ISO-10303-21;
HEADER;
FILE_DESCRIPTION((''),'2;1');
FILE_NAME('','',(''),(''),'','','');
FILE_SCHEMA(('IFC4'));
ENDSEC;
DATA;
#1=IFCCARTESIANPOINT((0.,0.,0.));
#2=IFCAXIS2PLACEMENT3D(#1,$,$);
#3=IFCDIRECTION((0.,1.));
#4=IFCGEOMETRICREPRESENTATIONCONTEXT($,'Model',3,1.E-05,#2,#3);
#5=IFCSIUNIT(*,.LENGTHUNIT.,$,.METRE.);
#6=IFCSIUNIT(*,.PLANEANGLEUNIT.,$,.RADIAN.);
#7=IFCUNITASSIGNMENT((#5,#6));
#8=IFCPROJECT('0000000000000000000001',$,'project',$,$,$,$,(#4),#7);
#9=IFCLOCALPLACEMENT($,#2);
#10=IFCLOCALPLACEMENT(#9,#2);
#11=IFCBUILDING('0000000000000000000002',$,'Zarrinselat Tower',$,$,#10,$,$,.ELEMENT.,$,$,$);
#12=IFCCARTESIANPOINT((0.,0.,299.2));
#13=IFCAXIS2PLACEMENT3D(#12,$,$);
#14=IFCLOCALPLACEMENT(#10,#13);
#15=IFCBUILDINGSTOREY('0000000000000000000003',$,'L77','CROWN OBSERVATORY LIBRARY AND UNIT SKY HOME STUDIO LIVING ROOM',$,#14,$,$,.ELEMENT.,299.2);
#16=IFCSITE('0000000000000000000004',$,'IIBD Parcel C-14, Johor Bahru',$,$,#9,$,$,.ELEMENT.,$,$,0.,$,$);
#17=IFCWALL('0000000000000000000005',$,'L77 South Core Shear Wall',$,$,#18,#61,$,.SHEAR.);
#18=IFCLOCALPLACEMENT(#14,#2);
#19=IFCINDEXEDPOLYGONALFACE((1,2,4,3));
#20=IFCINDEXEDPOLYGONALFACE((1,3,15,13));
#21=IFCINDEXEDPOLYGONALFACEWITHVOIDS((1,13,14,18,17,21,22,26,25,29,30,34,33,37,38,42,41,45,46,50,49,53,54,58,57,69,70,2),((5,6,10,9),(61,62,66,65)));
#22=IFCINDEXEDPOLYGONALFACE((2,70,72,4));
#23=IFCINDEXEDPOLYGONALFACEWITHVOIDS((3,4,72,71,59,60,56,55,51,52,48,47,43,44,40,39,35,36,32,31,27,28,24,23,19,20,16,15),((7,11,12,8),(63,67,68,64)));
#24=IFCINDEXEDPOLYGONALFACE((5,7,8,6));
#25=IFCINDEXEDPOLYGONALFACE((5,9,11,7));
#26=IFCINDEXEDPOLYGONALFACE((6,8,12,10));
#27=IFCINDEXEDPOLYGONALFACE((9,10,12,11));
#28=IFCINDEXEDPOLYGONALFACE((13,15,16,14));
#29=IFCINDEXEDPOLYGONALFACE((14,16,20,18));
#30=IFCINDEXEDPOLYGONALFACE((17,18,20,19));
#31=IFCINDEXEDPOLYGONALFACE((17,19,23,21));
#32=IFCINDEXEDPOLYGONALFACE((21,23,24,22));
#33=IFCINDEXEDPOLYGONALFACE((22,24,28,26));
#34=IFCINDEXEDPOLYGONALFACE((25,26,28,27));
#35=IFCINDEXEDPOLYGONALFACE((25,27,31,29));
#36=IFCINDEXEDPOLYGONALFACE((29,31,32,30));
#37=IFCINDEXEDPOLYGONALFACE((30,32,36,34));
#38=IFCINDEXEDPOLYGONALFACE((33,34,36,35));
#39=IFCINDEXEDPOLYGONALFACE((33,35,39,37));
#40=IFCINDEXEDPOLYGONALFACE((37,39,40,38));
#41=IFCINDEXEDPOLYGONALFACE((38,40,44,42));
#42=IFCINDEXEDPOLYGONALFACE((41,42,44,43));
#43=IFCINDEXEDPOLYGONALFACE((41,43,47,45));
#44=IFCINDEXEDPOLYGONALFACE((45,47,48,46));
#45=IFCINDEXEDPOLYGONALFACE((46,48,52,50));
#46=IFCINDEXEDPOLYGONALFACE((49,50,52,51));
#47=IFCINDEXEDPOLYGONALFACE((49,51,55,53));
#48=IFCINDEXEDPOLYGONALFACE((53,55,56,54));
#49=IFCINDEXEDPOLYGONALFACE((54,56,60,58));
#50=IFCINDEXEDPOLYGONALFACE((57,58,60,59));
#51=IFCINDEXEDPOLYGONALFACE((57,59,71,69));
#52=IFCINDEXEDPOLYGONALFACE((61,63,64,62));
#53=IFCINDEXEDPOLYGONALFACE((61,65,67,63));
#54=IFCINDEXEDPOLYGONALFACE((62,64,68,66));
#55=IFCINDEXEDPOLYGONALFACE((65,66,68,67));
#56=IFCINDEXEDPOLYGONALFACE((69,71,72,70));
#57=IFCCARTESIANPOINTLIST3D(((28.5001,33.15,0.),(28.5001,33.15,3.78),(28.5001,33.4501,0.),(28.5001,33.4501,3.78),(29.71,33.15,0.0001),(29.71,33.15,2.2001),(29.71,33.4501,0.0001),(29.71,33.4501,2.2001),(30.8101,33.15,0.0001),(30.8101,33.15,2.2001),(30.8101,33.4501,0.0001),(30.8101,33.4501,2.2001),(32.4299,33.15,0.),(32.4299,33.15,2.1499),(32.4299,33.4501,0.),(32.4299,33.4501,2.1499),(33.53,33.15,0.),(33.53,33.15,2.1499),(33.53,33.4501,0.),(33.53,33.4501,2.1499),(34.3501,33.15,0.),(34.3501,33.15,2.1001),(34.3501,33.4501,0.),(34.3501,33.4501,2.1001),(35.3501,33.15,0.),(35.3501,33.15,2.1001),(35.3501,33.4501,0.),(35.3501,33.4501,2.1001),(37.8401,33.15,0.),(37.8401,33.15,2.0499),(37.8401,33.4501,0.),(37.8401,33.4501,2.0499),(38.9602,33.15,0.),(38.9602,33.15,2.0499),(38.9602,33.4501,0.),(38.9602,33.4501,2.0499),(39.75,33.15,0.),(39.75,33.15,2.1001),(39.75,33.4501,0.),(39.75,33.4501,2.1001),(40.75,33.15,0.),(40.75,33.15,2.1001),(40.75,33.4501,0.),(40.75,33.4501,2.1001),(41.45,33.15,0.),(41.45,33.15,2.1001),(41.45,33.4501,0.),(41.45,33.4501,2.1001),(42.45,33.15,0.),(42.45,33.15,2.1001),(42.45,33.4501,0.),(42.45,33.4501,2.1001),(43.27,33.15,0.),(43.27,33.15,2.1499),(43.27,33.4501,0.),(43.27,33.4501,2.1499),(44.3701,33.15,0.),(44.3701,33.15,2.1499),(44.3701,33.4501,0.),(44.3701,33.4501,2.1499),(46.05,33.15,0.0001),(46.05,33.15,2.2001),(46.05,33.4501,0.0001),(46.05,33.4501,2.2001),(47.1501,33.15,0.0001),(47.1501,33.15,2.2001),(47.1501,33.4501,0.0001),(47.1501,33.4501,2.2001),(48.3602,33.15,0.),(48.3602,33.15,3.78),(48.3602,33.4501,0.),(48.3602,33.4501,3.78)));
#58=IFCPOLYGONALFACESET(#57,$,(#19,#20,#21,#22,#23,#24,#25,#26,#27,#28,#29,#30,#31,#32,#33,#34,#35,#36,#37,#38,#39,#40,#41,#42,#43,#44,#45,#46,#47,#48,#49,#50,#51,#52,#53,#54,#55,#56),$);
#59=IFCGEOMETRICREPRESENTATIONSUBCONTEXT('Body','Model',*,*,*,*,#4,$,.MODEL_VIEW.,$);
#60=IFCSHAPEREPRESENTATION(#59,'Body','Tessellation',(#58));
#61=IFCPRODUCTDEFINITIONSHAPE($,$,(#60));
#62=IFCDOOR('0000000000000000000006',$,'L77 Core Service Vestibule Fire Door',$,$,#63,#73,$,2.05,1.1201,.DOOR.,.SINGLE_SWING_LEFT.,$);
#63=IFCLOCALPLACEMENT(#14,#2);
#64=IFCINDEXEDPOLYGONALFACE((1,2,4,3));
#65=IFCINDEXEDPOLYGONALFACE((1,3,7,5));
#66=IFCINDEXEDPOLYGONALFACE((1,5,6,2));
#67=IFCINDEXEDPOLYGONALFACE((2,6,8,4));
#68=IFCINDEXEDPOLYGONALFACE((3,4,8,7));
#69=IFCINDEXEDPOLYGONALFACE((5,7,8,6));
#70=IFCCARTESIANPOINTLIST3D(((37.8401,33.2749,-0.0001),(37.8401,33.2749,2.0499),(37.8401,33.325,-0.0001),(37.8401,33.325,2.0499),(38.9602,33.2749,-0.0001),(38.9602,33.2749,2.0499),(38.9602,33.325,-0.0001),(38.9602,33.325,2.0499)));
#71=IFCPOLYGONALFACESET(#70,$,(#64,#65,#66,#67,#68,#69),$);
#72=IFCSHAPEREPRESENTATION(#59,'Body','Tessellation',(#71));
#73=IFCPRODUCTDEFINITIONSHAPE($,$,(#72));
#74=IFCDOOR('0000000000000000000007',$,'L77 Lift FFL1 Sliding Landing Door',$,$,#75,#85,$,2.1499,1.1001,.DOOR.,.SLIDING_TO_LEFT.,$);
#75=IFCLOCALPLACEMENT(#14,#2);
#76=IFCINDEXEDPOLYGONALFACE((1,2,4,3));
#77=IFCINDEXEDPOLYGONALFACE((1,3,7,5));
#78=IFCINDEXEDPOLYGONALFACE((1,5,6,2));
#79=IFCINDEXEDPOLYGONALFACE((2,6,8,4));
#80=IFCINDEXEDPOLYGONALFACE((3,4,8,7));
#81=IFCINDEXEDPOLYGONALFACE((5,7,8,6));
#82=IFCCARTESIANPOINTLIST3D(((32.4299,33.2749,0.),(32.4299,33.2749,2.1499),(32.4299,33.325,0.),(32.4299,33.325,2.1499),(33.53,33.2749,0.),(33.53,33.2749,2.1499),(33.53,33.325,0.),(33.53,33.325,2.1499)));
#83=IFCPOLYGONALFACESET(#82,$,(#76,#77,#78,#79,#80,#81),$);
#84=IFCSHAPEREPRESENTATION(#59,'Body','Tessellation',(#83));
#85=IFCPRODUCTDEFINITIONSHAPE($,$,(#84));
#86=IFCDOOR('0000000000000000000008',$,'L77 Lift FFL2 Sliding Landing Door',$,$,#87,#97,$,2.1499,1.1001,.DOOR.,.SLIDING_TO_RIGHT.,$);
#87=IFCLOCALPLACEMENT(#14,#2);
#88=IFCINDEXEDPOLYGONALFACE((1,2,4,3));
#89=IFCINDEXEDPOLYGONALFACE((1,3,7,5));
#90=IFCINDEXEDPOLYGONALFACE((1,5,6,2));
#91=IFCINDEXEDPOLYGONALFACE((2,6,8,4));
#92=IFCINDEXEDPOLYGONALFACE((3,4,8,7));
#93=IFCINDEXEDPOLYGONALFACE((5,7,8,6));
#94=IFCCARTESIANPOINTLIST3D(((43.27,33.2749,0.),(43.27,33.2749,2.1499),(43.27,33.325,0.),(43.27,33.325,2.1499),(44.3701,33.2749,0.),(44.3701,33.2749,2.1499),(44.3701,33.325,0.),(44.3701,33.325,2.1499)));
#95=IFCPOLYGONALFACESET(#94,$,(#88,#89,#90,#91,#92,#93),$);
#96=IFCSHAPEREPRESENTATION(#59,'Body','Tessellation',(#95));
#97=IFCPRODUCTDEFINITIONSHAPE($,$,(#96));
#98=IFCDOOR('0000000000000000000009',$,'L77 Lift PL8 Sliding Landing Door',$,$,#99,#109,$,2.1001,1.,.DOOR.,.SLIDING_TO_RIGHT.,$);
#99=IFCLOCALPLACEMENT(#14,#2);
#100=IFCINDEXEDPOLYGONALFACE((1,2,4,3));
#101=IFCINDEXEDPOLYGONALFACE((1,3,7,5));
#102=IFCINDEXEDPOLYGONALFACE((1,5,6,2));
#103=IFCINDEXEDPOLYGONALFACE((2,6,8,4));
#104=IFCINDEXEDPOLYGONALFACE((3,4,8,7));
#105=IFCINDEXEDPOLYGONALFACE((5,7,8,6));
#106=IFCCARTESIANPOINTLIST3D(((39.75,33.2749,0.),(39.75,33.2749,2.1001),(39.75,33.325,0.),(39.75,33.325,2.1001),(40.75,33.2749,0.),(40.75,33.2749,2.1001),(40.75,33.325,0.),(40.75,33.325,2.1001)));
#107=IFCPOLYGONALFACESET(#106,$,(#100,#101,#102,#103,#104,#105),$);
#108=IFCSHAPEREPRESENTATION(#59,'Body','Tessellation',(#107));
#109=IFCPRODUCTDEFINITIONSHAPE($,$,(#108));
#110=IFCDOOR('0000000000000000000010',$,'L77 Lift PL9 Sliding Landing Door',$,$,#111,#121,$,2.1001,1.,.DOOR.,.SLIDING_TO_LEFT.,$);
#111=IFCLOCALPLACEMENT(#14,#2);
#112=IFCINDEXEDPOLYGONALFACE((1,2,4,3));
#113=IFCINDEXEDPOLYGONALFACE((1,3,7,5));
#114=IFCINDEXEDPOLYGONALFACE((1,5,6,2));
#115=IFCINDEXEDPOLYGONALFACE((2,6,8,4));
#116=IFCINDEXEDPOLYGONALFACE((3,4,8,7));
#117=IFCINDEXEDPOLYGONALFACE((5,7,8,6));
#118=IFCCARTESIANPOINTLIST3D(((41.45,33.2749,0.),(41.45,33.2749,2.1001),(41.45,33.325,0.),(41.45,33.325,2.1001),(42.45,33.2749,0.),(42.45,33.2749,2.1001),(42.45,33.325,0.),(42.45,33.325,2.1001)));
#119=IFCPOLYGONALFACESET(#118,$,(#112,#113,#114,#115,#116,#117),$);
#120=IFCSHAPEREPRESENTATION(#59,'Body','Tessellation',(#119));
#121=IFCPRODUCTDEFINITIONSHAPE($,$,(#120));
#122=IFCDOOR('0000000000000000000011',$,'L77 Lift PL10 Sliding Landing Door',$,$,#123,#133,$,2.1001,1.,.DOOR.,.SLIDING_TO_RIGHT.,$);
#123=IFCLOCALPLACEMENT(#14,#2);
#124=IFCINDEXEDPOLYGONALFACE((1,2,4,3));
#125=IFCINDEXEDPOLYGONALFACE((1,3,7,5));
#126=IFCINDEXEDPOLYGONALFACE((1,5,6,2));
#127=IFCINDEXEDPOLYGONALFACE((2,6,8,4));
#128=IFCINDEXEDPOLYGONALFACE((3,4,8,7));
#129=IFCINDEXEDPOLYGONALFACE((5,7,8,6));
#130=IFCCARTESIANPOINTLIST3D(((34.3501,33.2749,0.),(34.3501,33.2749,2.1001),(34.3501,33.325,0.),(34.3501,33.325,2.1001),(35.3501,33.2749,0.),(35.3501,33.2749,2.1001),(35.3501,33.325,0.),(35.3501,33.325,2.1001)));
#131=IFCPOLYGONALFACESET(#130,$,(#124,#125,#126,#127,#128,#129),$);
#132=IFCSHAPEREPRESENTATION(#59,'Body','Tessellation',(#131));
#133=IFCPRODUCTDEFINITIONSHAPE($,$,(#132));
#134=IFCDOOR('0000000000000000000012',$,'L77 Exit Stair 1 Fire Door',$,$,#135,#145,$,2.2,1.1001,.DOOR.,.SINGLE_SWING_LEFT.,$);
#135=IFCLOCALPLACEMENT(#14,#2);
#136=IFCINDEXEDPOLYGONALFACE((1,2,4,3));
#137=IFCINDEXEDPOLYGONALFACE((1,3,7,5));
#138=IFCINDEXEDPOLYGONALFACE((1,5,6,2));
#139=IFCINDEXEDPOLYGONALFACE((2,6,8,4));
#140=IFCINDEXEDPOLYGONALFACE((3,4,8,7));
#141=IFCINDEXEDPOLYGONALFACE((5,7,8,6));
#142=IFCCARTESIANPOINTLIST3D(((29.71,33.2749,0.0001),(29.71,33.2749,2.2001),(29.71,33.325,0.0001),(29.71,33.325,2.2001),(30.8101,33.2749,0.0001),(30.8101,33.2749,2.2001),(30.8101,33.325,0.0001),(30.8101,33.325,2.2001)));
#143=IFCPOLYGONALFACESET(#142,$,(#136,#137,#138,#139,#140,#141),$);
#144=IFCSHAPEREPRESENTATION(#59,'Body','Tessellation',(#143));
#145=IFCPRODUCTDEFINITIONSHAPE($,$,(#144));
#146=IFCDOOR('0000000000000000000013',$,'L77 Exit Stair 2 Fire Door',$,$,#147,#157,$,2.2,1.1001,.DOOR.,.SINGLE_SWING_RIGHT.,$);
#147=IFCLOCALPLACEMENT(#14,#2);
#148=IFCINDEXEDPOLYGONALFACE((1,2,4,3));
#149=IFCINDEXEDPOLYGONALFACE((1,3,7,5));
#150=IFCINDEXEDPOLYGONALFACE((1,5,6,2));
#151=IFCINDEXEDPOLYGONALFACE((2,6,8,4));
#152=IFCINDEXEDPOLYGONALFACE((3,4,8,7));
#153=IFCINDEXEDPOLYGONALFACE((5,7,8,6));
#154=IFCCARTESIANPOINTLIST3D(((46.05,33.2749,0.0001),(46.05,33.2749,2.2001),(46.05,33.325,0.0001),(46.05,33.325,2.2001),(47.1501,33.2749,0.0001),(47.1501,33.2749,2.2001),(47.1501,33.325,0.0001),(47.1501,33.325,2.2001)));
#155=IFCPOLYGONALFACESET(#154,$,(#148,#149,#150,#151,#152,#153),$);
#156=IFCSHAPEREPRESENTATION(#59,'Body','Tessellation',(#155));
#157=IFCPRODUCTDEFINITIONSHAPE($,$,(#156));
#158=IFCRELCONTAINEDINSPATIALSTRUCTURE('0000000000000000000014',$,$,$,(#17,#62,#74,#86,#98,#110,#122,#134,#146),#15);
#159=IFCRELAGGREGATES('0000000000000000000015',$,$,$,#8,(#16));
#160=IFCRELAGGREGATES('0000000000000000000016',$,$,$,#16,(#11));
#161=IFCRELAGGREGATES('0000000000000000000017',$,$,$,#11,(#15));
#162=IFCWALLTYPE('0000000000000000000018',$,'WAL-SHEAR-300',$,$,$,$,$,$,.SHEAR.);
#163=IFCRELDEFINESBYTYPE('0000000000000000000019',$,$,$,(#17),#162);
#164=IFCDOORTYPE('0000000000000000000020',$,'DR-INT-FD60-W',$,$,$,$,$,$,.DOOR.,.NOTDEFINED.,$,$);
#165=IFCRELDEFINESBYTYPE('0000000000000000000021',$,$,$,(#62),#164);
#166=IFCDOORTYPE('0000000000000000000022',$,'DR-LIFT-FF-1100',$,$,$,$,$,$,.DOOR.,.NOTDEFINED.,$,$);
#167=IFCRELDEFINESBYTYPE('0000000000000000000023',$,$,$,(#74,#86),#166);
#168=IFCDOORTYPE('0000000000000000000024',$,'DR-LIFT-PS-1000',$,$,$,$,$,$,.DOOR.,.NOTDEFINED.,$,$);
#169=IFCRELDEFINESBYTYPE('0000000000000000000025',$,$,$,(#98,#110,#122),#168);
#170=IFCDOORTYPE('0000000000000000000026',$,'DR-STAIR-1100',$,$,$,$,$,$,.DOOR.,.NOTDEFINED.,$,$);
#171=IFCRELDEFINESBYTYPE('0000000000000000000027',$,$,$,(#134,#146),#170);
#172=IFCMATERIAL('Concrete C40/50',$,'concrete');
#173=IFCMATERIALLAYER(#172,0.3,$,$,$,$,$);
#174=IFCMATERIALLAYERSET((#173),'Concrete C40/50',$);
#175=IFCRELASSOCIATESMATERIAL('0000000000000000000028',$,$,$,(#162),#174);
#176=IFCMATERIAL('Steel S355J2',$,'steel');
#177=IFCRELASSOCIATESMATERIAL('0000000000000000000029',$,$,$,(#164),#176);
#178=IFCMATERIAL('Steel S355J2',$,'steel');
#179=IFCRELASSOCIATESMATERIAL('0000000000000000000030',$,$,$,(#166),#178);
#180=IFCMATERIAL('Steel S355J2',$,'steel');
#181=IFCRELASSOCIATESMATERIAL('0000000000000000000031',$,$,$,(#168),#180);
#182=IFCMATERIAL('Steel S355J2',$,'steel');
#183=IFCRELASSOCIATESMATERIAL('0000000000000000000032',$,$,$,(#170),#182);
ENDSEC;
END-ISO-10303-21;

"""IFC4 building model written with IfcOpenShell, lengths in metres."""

from ifc_helpers import new_model, si_unit, direction, frame, frame_2d, origin, place, context, subcontext, project, spatial, rectangle, extrude, material, layer, layer_set, type_object, element, fill, save


model = new_model("IFC4")

# Units and contexts
model_context = context("Model", 3, precision=1e-05, world=origin(), true_north=direction((0.0, 1.0)))
body_context = subcontext(model_context, "Body", "Model", "MODEL_VIEW")
ifc_project = project(units=[si_unit("LENGTHUNIT", "METRE"), si_unit("PLANEANGLEUNIT", "RADIAN")], contexts=[model_context])

# Site, building, storey
site_placement = place(None, origin())
site = spatial("IfcSite", under=ifc_project, at=site_placement, Name="IIBD Parcel C-14, Johor Bahru", CompositionType="ELEMENT", RefElevation=0.0)
building_placement = place(site_placement, origin())
building = spatial("IfcBuilding", under=site, at=building_placement, Name="Zarrinselat Tower", CompositionType="ELEMENT")
storey_placement = place(building_placement, frame((0.0, 0.0, 299.2)))
storey = spatial("IfcBuildingStorey", under=building, at=storey_placement, Name="L77", Description="CROWN OBSERVATORY LIBRARY AND UNIT SKY HOME STUDIO LIVING ROOM", CompositionType="ELEMENT", Elevation=299.2)

# Wall, openings, doors
ifc_material_1 = material(Name="Concrete C40/50", Category="concrete")
ifc_layer_1 = layer(ifc_material_1, 0.3)
ifc_layer_set_1 = layer_set([ifc_layer_1], Name="Concrete C40/50")
wall_type_1 = type_object("IfcWallType", Name="WAL-SHEAR-300", PredefinedType="SHEAR", material=ifc_layer_set_1)
wall_1_placement = place(storey_placement, frame((28.5, 33.3, 0.0), z_axis=(0.0, 0.0, 1.0), x_axis=(1.0, 0.0, 0.0)))
wall_1 = element("IfcWall", 1, at=wall_1_placement, inside=storey, type_object=wall_type_1, Name="L77 South Core Shear Wall", PredefinedType="SHEAR", context=body_context, shape_type="SweptSolid", body=[
    extrude(rectangle(XDim=19.8601, YDim=0.3, at=frame_2d((9.9302, 0.0))), origin(), (0.0, 0.0, 1.0), 3.78),
])
opening_1_placement = place(wall_1_placement, frame((3.9299, 0.0, 0.0)))
opening_1 = element("IfcOpeningElement", 2, at=opening_1_placement, cuts=wall_1, PredefinedType="OPENING", context=body_context, shape_type="SweptSolid", body=[
    extrude(rectangle(XDim=1.1001, YDim=2.1499, at=frame_2d((0.55, 1.075))), frame((0.0, 0.1599, 0.0), z_axis=(0.0, -1.0, 0.0), x_axis=(1.0, 0.0, 0.0)), (0.0, 0.0, 1.0), 0.3201),
])
opening_2_placement = place(wall_1_placement, frame((14.77, 0.0, 0.0)))
opening_2 = element("IfcOpeningElement", 3, at=opening_2_placement, cuts=wall_1, PredefinedType="OPENING", context=body_context, shape_type="SweptSolid", body=[
    extrude(rectangle(XDim=1.1001, YDim=2.1499, at=frame_2d((0.55, 1.075))), frame((0.0, 0.1599, 0.0), z_axis=(0.0, -1.0, 0.0), x_axis=(1.0, 0.0, 0.0)), (0.0, 0.0, 1.0), 0.3201),
])
opening_3_placement = place(wall_1_placement, frame((11.25, 0.0, 0.0)))
opening_3 = element("IfcOpeningElement", 4, at=opening_3_placement, cuts=wall_1, PredefinedType="OPENING", context=body_context, shape_type="SweptSolid", body=[
    extrude(rectangle(XDim=1.0, YDim=2.1001, at=frame_2d((0.5, 1.05))), frame((0.0, 0.1599, 0.0), z_axis=(0.0, -1.0, 0.0), x_axis=(1.0, 0.0, 0.0)), (0.0, 0.0, 1.0), 0.3201),
])
opening_4_placement = place(wall_1_placement, frame((12.95, 0.0, 0.0)))
opening_4 = element("IfcOpeningElement", 5, at=opening_4_placement, cuts=wall_1, PredefinedType="OPENING", context=body_context, shape_type="SweptSolid", body=[
    extrude(rectangle(XDim=1.0, YDim=2.1001, at=frame_2d((0.5, 1.05))), frame((0.0, 0.1599, 0.0), z_axis=(0.0, -1.0, 0.0), x_axis=(1.0, 0.0, 0.0)), (0.0, 0.0, 1.0), 0.3201),
])
opening_5_placement = place(wall_1_placement, frame((5.8501, 0.0, 0.0)))
opening_5 = element("IfcOpeningElement", 6, at=opening_5_placement, cuts=wall_1, PredefinedType="OPENING", context=body_context, shape_type="SweptSolid", body=[
    extrude(rectangle(XDim=1.0, YDim=2.1001, at=frame_2d((0.5, 1.05))), frame((0.0, 0.1599, 0.0), z_axis=(0.0, -1.0, 0.0), x_axis=(1.0, 0.0, 0.0)), (0.0, 0.0, 1.0), 0.3201),
])
opening_6_placement = place(wall_1_placement, frame((1.21, 0.0, 0.0)))
opening_6 = element("IfcOpeningElement", 7, at=opening_6_placement, cuts=wall_1, PredefinedType="OPENING", context=body_context, shape_type="SweptSolid", body=[
    extrude(rectangle(XDim=1.1001, YDim=2.2, at=frame_2d((0.55, 1.1001))), frame((0.0, 0.1599, 0.0), z_axis=(0.0, -1.0, 0.0), x_axis=(1.0, 0.0, 0.0)), (0.0, 0.0, 1.0), 0.3201),
])
opening_7_placement = place(wall_1_placement, frame((9.3401, 0.0, 0.0)))
opening_7 = element("IfcOpeningElement", 8, at=opening_7_placement, cuts=wall_1, PredefinedType="OPENING", context=body_context, shape_type="SweptSolid", body=[
    extrude(rectangle(XDim=1.1201, YDim=2.05, at=frame_2d((0.5601, 1.0249))), frame((0.0, 0.1599, 0.0), z_axis=(0.0, -1.0, 0.0), x_axis=(1.0, 0.0, 0.0)), (0.0, 0.0, 1.0), 0.3201),
])
opening_8_placement = place(wall_1_placement, frame((17.55, 0.0, 0.0)))
opening_8 = element("IfcOpeningElement", 9, at=opening_8_placement, cuts=wall_1, PredefinedType="OPENING", context=body_context, shape_type="SweptSolid", body=[
    extrude(rectangle(XDim=1.1001, YDim=2.2, at=frame_2d((0.55, 1.1001))), frame((0.0, 0.1599, 0.0), z_axis=(0.0, -1.0, 0.0), x_axis=(1.0, 0.0, 0.0)), (0.0, 0.0, 1.0), 0.3201),
])
ifc_material_2 = material(Name="Steel S355J2", Category="steel")
door_type_1 = type_object("IfcDoorType", Name="DR-INT-FD60-W", OperationType="NOTDEFINED", PredefinedType="DOOR", material=ifc_material_2)
door_1_placement = place(opening_7_placement, origin())
door_1 = element("IfcDoor", 10, at=door_1_placement, inside=storey, type_object=door_type_1, Name="L77 Core Service Vestibule Fire Door", OperationType="SINGLE_SWING_LEFT", OverallHeight=2.05, OverallWidth=1.1201, PredefinedType="DOOR", context=body_context, shape_type="SweptSolid", body=[
    extrude(rectangle(XDim=1.1201, YDim=2.05, at=frame_2d((0.5601, 1.0249))), frame((0.0, 0.0249, 0.0), z_axis=(0.0, -1.0, 0.0), x_axis=(1.0, 0.0, 0.0)), (0.0, 0.0, 1.0), 0.05),
])
fill(opening_7, door_1)
ifc_material_3 = material(Name="Steel S355J2", Category="steel")
door_type_2 = type_object("IfcDoorType", Name="DR-LIFT-FF-1100", OperationType="NOTDEFINED", PredefinedType="DOOR", material=ifc_material_3)
door_2_placement = place(opening_1_placement, origin())
door_2 = element("IfcDoor", 11, at=door_2_placement, inside=storey, type_object=door_type_2, Name="L77 Lift FFL1 Sliding Landing Door", OperationType="SLIDING_TO_LEFT", OverallHeight=2.1499, OverallWidth=1.1001, PredefinedType="DOOR", context=body_context, shape_type="SweptSolid", body=[
    extrude(rectangle(XDim=1.1001, YDim=2.1499, at=frame_2d((0.55, 1.075))), frame((0.0, 0.0249, 0.0), z_axis=(0.0, -1.0, 0.0), x_axis=(1.0, 0.0, 0.0)), (0.0, 0.0, 1.0), 0.05),
])
fill(opening_1, door_2)
door_3_placement = place(opening_2_placement, origin())
door_3 = element("IfcDoor", 12, at=door_3_placement, inside=storey, type_object=door_type_2, Name="L77 Lift FFL2 Sliding Landing Door", OperationType="SLIDING_TO_RIGHT", OverallHeight=2.1499, OverallWidth=1.1001, PredefinedType="DOOR", context=body_context, shape_type="SweptSolid", body=[
    extrude(rectangle(XDim=1.1001, YDim=2.1499, at=frame_2d((0.55, 1.075))), frame((0.0, 0.0249, 0.0), z_axis=(0.0, -1.0, 0.0), x_axis=(1.0, 0.0, 0.0)), (0.0, 0.0, 1.0), 0.05),
])
fill(opening_2, door_3)
ifc_material_4 = material(Name="Steel S355J2", Category="steel")
door_type_3 = type_object("IfcDoorType", Name="DR-LIFT-PS-1000", OperationType="NOTDEFINED", PredefinedType="DOOR", material=ifc_material_4)
door_4_placement = place(opening_3_placement, origin())
door_4 = element("IfcDoor", 13, at=door_4_placement, inside=storey, type_object=door_type_3, Name="L77 Lift PL8 Sliding Landing Door", OperationType="SLIDING_TO_RIGHT", OverallHeight=2.1001, OverallWidth=1.0, PredefinedType="DOOR", context=body_context, shape_type="SweptSolid", body=[
    extrude(rectangle(XDim=1.0, YDim=2.1001, at=frame_2d((0.5, 1.05))), frame((0.0, 0.0249, 0.0), z_axis=(0.0, -1.0, 0.0), x_axis=(1.0, 0.0, 0.0)), (0.0, 0.0, 1.0), 0.05),
])
fill(opening_3, door_4)
door_5_placement = place(opening_4_placement, origin())
door_5 = element("IfcDoor", 14, at=door_5_placement, inside=storey, type_object=door_type_3, Name="L77 Lift PL9 Sliding Landing Door", OperationType="SLIDING_TO_LEFT", OverallHeight=2.1001, OverallWidth=1.0, PredefinedType="DOOR", context=body_context, shape_type="SweptSolid", body=[
    extrude(rectangle(XDim=1.0, YDim=2.1001, at=frame_2d((0.5, 1.05))), frame((0.0, 0.0249, 0.0), z_axis=(0.0, -1.0, 0.0), x_axis=(1.0, 0.0, 0.0)), (0.0, 0.0, 1.0), 0.05),
])
fill(opening_4, door_5)
door_6_placement = place(opening_5_placement, origin())
door_6 = element("IfcDoor", 15, at=door_6_placement, inside=storey, type_object=door_type_3, Name="L77 Lift PL10 Sliding Landing Door", OperationType="SLIDING_TO_RIGHT", OverallHeight=2.1001, OverallWidth=1.0, PredefinedType="DOOR", context=body_context, shape_type="SweptSolid", body=[
    extrude(rectangle(XDim=1.0, YDim=2.1001, at=frame_2d((0.5, 1.05))), frame((0.0, 0.0249, 0.0), z_axis=(0.0, -1.0, 0.0), x_axis=(1.0, 0.0, 0.0)), (0.0, 0.0, 1.0), 0.05),
])
fill(opening_5, door_6)
ifc_material_5 = material(Name="Steel S355J2", Category="steel")
door_type_4 = type_object("IfcDoorType", Name="DR-STAIR-1100", OperationType="NOTDEFINED", PredefinedType="DOOR", material=ifc_material_5)
door_7_placement = place(opening_6_placement, origin())
door_7 = element("IfcDoor", 16, at=door_7_placement, inside=storey, type_object=door_type_4, Name="L77 Exit Stair 1 Fire Door", OperationType="SINGLE_SWING_LEFT", OverallHeight=2.2, OverallWidth=1.1001, PredefinedType="DOOR", context=body_context, shape_type="SweptSolid", body=[
    extrude(rectangle(XDim=1.1001, YDim=2.2, at=frame_2d((0.55, 1.1001))), frame((0.0, 0.0249, 0.0), z_axis=(0.0, -1.0, 0.0), x_axis=(1.0, 0.0, 0.0)), (0.0, 0.0, 1.0), 0.05),
])
fill(opening_6, door_7)
door_8_placement = place(opening_8_placement, origin())
door_8 = element("IfcDoor", 17, at=door_8_placement, inside=storey, type_object=door_type_4, Name="L77 Exit Stair 2 Fire Door", OperationType="SINGLE_SWING_RIGHT", OverallHeight=2.2, OverallWidth=1.1001, PredefinedType="DOOR", context=body_context, shape_type="SweptSolid", body=[
    extrude(rectangle(XDim=1.1001, YDim=2.2, at=frame_2d((0.55, 1.1001))), frame((0.0, 0.0249, 0.0), z_axis=(0.0, -1.0, 0.0), x_axis=(1.0, 0.0, 0.0)), (0.0, 0.0, 1.0), 0.05),
])
fill(opening_8, door_8)

save(model, "model.ifc")
